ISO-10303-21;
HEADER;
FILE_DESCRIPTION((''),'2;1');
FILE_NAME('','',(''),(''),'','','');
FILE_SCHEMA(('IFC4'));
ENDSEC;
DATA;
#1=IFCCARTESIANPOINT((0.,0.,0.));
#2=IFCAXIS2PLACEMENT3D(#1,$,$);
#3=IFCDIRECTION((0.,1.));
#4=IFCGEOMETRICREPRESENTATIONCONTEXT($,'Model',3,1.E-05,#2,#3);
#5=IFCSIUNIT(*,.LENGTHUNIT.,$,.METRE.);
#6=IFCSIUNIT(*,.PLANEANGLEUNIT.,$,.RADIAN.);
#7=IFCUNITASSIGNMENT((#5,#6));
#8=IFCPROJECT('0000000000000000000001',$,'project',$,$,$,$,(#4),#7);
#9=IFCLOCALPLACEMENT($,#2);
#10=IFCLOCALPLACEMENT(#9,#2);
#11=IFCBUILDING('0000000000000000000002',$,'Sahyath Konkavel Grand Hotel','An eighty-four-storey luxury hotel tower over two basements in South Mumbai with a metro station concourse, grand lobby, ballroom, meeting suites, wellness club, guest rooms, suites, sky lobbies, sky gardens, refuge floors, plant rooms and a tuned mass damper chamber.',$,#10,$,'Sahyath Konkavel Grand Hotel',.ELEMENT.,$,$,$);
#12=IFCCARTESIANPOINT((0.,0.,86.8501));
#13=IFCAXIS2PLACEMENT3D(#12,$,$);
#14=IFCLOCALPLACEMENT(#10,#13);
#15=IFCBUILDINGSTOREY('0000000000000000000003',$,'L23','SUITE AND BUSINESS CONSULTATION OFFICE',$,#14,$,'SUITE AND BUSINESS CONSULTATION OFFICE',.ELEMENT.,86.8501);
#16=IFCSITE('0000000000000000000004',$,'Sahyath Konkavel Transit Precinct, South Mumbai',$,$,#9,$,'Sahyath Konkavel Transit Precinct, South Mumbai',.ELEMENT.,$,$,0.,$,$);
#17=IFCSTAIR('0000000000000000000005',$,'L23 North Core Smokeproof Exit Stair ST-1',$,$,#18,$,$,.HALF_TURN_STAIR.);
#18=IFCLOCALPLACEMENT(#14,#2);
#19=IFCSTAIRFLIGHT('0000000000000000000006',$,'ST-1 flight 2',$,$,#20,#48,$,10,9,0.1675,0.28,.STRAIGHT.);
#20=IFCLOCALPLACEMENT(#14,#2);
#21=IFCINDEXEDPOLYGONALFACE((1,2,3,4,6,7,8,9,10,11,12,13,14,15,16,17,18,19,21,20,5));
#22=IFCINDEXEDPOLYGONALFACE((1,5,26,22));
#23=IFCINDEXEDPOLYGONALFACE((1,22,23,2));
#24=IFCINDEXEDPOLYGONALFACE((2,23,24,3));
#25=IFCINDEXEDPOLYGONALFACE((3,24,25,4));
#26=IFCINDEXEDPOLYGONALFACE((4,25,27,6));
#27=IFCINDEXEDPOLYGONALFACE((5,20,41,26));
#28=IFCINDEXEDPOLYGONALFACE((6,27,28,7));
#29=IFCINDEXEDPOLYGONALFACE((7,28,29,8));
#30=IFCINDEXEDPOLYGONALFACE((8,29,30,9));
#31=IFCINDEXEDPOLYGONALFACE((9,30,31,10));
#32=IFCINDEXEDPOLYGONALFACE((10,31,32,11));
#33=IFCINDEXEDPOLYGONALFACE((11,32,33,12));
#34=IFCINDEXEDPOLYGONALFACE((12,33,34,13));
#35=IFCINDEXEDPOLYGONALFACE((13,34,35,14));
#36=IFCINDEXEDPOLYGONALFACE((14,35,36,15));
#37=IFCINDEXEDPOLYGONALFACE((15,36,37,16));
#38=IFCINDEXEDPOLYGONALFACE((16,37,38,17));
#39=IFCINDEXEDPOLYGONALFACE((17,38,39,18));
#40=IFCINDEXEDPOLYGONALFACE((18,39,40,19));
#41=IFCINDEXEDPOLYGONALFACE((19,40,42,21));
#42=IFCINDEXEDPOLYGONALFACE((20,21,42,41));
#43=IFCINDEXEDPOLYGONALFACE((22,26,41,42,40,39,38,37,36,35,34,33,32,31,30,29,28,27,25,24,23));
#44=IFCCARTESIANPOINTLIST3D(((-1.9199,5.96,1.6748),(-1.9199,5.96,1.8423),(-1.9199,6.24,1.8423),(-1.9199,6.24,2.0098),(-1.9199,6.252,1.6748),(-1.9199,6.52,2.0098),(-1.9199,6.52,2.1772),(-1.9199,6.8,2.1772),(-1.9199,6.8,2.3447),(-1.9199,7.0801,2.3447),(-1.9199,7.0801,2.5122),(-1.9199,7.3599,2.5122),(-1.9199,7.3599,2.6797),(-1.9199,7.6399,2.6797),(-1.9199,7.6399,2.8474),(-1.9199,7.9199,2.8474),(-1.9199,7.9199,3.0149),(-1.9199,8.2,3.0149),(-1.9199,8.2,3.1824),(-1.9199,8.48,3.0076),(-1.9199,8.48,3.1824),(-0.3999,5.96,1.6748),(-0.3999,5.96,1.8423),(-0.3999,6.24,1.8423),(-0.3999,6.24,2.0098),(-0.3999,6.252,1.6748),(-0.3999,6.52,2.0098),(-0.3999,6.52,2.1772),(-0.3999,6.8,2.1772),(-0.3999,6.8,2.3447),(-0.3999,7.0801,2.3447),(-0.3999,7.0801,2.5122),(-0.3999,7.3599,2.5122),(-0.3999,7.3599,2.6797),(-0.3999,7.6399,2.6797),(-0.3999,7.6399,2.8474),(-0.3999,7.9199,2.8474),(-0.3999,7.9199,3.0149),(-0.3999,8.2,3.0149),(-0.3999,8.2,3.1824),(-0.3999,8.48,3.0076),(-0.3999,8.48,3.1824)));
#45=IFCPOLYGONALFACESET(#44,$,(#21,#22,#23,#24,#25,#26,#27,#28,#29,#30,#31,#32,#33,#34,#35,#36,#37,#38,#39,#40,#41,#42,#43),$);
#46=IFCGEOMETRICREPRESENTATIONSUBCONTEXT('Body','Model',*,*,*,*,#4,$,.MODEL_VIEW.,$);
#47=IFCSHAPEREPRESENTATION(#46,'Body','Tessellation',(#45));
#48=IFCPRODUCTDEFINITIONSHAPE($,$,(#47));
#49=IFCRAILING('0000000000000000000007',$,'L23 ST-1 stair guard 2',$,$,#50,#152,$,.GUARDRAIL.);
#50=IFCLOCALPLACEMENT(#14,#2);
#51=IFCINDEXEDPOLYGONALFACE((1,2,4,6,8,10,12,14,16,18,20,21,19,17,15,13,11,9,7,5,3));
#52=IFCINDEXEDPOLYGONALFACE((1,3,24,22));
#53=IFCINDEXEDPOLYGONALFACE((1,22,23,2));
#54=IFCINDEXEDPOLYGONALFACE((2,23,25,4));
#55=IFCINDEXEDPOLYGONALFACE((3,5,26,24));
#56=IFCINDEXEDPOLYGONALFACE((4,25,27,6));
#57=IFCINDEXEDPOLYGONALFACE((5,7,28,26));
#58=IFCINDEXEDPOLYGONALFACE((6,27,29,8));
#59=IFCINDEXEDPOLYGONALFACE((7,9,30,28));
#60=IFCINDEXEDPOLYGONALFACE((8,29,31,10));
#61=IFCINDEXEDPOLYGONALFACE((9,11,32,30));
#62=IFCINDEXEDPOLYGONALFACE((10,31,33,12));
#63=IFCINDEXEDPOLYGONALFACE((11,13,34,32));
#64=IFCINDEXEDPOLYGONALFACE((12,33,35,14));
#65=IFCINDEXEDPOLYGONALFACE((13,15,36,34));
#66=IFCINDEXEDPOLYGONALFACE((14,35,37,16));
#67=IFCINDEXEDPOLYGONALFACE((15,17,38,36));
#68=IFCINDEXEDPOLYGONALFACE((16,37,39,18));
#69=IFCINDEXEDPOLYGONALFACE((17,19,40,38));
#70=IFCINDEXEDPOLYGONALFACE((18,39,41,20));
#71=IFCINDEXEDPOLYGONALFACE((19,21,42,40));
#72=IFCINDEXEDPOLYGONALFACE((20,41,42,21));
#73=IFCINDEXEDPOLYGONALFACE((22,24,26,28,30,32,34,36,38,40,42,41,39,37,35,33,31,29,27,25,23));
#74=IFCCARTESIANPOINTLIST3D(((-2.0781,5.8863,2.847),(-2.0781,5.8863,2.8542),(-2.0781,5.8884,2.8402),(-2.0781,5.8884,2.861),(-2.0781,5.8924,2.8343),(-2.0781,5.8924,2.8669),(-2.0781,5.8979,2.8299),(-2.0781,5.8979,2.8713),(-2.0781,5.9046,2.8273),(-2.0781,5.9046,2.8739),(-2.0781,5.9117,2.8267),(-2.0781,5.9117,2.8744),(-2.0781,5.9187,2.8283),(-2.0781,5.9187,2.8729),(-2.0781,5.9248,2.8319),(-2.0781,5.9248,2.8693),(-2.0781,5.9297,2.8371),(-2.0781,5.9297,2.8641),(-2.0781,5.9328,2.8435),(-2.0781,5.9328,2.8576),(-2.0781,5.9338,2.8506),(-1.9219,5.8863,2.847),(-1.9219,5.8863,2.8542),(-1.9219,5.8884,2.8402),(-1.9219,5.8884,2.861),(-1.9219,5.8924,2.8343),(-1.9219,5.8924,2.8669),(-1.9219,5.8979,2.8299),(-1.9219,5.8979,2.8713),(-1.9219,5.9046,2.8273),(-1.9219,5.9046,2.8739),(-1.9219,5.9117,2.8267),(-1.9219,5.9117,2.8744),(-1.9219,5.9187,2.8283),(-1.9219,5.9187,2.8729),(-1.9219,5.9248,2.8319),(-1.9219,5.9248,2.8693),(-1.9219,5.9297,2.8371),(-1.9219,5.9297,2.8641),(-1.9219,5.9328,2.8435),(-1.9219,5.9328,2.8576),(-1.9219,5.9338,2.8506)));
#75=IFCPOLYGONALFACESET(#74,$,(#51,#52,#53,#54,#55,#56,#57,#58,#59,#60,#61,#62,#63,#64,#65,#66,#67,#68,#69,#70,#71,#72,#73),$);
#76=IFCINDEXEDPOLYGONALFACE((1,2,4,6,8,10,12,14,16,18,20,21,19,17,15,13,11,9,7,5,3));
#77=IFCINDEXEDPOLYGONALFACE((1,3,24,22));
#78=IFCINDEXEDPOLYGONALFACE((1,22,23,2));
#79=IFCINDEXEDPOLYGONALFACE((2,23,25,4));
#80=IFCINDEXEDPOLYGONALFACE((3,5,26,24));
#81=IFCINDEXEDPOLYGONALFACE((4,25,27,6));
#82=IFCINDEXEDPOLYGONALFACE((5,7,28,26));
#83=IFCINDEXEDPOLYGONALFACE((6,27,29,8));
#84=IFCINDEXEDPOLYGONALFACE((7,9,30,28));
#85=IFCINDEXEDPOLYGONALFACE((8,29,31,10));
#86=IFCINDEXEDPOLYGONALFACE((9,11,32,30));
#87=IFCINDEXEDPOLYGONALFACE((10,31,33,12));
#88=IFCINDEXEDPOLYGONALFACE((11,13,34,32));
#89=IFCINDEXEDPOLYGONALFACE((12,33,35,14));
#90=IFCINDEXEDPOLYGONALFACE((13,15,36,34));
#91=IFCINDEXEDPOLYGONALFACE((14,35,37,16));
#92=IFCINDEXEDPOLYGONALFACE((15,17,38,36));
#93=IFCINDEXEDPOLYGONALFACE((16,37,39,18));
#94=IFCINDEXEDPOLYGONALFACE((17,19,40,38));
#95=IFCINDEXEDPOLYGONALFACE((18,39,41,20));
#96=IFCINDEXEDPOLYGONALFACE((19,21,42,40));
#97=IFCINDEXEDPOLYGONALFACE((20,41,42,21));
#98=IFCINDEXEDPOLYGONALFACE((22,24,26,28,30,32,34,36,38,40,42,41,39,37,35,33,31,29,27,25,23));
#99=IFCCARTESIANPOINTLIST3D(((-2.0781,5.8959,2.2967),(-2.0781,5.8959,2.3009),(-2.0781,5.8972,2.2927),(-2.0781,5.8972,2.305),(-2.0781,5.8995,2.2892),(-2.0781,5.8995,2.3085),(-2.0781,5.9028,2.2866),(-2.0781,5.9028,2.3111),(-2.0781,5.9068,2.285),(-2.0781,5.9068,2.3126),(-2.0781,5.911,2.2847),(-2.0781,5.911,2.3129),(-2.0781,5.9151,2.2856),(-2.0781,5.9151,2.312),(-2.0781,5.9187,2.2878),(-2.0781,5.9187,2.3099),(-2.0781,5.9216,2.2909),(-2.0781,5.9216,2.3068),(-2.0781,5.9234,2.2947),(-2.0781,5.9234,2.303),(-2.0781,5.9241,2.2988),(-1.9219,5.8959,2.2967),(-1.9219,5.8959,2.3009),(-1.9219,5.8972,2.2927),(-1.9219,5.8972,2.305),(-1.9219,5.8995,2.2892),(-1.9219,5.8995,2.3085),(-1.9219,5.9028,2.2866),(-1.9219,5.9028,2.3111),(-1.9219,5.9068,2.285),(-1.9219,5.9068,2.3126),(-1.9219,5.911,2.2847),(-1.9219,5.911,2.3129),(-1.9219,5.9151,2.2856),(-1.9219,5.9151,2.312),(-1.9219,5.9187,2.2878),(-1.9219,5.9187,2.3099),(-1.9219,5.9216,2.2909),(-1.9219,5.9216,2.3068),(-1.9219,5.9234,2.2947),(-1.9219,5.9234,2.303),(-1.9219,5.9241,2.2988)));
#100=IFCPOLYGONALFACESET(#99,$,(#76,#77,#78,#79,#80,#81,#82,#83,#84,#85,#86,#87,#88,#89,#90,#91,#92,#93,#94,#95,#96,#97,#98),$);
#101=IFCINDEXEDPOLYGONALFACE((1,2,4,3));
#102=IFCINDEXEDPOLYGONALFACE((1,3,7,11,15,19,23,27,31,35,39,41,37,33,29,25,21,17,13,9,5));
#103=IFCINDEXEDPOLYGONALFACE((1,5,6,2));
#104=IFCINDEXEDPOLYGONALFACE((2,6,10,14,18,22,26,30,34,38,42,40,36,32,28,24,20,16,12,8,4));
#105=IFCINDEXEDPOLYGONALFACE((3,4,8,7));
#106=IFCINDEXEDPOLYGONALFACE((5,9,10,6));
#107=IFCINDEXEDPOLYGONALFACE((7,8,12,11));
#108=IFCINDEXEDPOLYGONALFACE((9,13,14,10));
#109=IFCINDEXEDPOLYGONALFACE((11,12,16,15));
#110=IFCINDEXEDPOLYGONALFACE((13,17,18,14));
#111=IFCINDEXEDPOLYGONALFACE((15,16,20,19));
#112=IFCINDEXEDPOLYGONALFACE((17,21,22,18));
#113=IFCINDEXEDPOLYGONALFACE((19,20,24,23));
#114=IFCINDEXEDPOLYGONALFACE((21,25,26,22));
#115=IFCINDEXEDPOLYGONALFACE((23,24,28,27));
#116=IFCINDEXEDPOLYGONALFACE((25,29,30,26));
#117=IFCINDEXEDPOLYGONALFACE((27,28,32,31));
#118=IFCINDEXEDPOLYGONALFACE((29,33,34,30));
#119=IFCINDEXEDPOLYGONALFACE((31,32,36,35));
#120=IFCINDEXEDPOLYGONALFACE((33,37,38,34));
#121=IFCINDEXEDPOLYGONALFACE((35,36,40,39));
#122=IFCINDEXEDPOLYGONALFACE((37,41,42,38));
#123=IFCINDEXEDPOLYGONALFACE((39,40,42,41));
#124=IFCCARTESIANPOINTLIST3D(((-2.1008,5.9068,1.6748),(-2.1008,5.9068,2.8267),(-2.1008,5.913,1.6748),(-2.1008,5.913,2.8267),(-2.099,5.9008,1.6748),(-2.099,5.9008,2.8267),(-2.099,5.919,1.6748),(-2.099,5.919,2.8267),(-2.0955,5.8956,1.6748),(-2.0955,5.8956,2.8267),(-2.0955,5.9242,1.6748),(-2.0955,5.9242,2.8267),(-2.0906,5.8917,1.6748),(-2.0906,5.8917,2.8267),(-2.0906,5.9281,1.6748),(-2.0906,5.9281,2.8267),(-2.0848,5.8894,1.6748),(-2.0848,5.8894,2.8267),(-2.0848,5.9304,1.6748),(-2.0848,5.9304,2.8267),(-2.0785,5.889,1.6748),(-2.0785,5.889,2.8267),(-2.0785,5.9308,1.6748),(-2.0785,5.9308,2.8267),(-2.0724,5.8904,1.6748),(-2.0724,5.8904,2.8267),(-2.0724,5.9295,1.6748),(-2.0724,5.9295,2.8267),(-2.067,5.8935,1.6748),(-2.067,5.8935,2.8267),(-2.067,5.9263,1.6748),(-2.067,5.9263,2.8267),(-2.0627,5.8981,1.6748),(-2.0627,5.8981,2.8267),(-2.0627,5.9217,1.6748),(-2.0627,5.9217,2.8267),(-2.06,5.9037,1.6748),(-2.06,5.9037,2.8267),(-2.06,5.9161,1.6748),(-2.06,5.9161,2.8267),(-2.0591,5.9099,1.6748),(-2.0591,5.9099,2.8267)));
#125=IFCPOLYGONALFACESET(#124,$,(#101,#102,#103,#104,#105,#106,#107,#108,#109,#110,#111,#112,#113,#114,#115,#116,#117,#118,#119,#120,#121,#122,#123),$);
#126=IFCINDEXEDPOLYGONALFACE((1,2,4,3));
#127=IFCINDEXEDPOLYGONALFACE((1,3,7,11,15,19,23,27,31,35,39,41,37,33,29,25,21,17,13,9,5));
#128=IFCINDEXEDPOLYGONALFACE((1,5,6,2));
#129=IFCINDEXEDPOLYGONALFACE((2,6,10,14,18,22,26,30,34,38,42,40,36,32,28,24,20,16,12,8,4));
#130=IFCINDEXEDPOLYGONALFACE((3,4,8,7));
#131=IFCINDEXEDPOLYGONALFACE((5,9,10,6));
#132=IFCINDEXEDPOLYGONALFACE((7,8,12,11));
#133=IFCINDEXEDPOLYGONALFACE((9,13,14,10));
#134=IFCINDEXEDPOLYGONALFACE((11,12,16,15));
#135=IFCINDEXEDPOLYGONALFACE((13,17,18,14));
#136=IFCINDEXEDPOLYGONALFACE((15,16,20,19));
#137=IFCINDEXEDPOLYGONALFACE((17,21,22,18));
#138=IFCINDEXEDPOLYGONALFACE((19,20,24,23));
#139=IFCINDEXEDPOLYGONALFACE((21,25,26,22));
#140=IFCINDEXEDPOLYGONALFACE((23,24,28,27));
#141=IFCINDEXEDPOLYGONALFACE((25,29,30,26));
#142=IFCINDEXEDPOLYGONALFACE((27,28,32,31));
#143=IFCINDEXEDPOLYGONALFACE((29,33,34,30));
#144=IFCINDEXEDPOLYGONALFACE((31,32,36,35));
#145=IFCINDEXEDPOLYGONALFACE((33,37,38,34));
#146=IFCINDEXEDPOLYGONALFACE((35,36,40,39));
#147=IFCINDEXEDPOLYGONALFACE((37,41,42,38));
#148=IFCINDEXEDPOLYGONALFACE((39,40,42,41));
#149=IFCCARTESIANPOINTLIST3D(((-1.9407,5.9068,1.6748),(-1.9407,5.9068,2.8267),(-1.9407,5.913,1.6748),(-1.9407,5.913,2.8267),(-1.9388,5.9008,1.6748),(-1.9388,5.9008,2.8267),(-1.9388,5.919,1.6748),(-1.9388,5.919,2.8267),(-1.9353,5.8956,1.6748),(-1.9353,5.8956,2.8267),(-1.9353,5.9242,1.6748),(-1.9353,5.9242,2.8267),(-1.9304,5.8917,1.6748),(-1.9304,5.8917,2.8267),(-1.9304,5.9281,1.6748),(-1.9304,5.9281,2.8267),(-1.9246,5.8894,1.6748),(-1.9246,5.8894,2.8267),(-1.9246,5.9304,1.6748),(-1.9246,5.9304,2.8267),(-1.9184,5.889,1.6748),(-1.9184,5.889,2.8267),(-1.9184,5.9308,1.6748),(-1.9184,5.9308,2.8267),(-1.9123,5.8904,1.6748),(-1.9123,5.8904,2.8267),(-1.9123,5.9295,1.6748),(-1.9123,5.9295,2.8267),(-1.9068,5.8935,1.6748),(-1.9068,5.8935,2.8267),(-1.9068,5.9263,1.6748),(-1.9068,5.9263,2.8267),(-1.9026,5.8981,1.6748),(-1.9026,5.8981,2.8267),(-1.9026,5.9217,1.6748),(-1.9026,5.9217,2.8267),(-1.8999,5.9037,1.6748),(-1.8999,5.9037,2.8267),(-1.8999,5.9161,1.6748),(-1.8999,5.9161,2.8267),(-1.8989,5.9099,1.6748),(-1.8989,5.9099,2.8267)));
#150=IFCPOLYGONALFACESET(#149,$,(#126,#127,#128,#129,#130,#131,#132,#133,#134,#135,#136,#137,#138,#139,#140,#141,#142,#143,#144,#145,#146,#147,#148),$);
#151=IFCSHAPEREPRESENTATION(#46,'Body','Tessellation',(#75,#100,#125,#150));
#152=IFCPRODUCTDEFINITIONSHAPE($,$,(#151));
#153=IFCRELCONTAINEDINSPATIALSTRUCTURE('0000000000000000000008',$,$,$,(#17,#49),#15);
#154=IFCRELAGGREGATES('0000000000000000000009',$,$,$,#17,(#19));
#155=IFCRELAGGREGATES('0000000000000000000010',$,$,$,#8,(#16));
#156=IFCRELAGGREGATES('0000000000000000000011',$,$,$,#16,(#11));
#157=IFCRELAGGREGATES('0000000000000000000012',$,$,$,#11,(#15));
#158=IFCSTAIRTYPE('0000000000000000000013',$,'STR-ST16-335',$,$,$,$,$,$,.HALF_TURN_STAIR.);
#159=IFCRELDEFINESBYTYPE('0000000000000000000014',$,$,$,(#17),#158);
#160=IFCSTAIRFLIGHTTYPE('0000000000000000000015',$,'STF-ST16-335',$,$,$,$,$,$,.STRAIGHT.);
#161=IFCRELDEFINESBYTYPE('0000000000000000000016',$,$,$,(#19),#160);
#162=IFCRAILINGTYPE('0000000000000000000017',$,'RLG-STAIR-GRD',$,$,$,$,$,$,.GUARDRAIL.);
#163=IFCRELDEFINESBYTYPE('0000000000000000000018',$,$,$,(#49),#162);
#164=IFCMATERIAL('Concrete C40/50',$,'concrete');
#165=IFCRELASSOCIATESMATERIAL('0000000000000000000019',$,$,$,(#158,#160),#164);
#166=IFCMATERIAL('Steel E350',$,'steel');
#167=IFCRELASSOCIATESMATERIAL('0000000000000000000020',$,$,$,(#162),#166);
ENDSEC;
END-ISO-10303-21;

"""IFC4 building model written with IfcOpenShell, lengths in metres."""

from ifc_helpers import new_model, si_unit, direction, frame, origin, origin_2d, place, context, subcontext, project, spatial, polyline, circle, outline, extrude, material, type_object, element, aggregate, save


model = new_model("IFC4")

# Units and contexts
model_context = context("Model", 3, precision=1e-05, world=origin(), true_north=direction((0.0, 1.0)))
body_context = subcontext(model_context, "Body", "Model", "MODEL_VIEW")
ifc_project = project(units=[si_unit("LENGTHUNIT", "METRE"), si_unit("PLANEANGLEUNIT", "RADIAN")], contexts=[model_context])

# Site, building, storey
site_placement = place(None, origin())
site = spatial("IfcSite", under=ifc_project, at=site_placement, Name="Sahyath Konkavel Transit Precinct, South Mumbai", LongName="Sahyath Konkavel Transit Precinct, South Mumbai", CompositionType="ELEMENT", RefElevation=0.0)
building_placement = place(site_placement, origin())
building = spatial("IfcBuilding", under=site, at=building_placement, Name="Sahyath Konkavel Grand Hotel", Description="An eighty-four-storey luxury hotel tower over two basements in South Mumbai with a metro station concourse, grand lobby, ballroom, meeting suites, wellness club, guest rooms, suites, sky lobbies, sky gardens, refuge floors, plant rooms and a tuned mass damper chamber.", LongName="Sahyath Konkavel Grand Hotel", CompositionType="ELEMENT")
storey_placement = place(building_placement, frame((0.0, 0.0, 86.8501)))
storey = spatial("IfcBuildingStorey", under=building, at=storey_placement, Name="L23", Description="SUITE AND BUSINESS CONSULTATION OFFICE", LongName="SUITE AND BUSINESS CONSULTATION OFFICE", CompositionType="ELEMENT", Elevation=86.8501)

# Shared definitions
ifc_material_1 = material(Name="Steel E350", Category="steel")

# Shared definitions
ifc_material_2 = material(Name="Concrete C40/50", Category="concrete")

# Stair
stair_type = type_object("IfcStairType", Name="STR-ST16-335", PredefinedType="HALF_TURN_STAIR", material=ifc_material_2)
stair_1_placement = place(storey_placement, origin())
stair_1 = element("IfcStair", 1, at=stair_1_placement, inside=storey, type_object=stair_type, Name="L23 North Core Smokeproof Exit Stair ST-1", PredefinedType="HALF_TURN_STAIR")

# Stair flight
stair_flight_type = type_object("IfcStairFlightType", Name="STF-ST16-335", PredefinedType="STRAIGHT", material=ifc_material_2)
stair_flight_placement = place(storey_placement, frame((-1.1599, 5.96, 1.6748), z_axis=(0.0, 0.0, 1.0), x_axis=(0.0, 1.0, 0.0)))
stair_flight = element("IfcStairFlight", 2, at=stair_flight_placement, type_object=stair_flight_type, Name="ST-1 flight 2", NumberOfRisers=10, NumberOfTreads=9, PredefinedType="STRAIGHT", RiserHeight=0.1675, TreadLength=0.28, context=body_context, shape_type="SweptSolid", body=[
    extrude(outline(polyline([(0.0, 0.0), (0.0, 0.1675), (0.28, 0.1675), (0.28, 0.335), (0.5601, 0.335), (0.5601, 0.5024), (0.8401, 0.5024), (0.8401, 0.6699), (1.1201, 0.6699), (1.1201, 0.8374), (1.3999, 0.8374), (1.3999, 1.0049), (1.6799, 1.0049), (1.6799, 1.1726), (1.96, 1.1726), (1.96, 1.3401), (2.24, 1.3401), (2.24, 1.5076), (2.52, 1.5076), (2.52, 1.675), (2.52, 1.3328), (0.292, 0.0), (0.0, 0.0)])), frame((0.0, 0.76, 0.0), z_axis=(0.0, -1.0, 0.0), x_axis=(1.0, 0.0, 0.0)), (0.0, 0.0, 1.0), 1.52),
])
aggregate(stair_1, [stair_flight])

# Railing
railing_type_1 = type_object("IfcRailingType", Name="RLG-STAIR-GRD", PredefinedType="GUARDRAIL", material=ifc_material_1)
railing_1_placement = place(storey_placement, frame((-2.0801, 5.9099, 1.6748)))
element("IfcRailing", 3, at=railing_1_placement, inside=storey, type_object=railing_type_1, Name="L23 ST-1 stair guard 2", PredefinedType="GUARDRAIL", context=body_context, shape_type="SweptSolid", body=[
    extrude(circle(Radius=0.0239, at=origin_2d()), frame((0.002, 0.0, 1.1758), z_axis=(1.0, 0.0, 0.0), x_axis=(0.0, 1.0, 0.0)), (0.0, 0.0, 1.0), 0.1562),
    extrude(circle(Radius=0.0142, at=origin_2d()), frame((0.002, 0.0, 0.624), z_axis=(1.0, 0.0, 0.0), x_axis=(0.0, 1.0, 0.0)), (0.0, 0.0, 1.0), 0.1562),
    extrude(circle(Radius=0.021, at=origin_2d()), origin(), (0.0, 0.0, 1.0), 1.1519),
    extrude(circle(Radius=0.021, at=origin_2d()), frame((0.1602, 0.0, 0.0)), (0.0, 0.0, 1.0), 1.1519),
])

save(model, "model.ifc")
